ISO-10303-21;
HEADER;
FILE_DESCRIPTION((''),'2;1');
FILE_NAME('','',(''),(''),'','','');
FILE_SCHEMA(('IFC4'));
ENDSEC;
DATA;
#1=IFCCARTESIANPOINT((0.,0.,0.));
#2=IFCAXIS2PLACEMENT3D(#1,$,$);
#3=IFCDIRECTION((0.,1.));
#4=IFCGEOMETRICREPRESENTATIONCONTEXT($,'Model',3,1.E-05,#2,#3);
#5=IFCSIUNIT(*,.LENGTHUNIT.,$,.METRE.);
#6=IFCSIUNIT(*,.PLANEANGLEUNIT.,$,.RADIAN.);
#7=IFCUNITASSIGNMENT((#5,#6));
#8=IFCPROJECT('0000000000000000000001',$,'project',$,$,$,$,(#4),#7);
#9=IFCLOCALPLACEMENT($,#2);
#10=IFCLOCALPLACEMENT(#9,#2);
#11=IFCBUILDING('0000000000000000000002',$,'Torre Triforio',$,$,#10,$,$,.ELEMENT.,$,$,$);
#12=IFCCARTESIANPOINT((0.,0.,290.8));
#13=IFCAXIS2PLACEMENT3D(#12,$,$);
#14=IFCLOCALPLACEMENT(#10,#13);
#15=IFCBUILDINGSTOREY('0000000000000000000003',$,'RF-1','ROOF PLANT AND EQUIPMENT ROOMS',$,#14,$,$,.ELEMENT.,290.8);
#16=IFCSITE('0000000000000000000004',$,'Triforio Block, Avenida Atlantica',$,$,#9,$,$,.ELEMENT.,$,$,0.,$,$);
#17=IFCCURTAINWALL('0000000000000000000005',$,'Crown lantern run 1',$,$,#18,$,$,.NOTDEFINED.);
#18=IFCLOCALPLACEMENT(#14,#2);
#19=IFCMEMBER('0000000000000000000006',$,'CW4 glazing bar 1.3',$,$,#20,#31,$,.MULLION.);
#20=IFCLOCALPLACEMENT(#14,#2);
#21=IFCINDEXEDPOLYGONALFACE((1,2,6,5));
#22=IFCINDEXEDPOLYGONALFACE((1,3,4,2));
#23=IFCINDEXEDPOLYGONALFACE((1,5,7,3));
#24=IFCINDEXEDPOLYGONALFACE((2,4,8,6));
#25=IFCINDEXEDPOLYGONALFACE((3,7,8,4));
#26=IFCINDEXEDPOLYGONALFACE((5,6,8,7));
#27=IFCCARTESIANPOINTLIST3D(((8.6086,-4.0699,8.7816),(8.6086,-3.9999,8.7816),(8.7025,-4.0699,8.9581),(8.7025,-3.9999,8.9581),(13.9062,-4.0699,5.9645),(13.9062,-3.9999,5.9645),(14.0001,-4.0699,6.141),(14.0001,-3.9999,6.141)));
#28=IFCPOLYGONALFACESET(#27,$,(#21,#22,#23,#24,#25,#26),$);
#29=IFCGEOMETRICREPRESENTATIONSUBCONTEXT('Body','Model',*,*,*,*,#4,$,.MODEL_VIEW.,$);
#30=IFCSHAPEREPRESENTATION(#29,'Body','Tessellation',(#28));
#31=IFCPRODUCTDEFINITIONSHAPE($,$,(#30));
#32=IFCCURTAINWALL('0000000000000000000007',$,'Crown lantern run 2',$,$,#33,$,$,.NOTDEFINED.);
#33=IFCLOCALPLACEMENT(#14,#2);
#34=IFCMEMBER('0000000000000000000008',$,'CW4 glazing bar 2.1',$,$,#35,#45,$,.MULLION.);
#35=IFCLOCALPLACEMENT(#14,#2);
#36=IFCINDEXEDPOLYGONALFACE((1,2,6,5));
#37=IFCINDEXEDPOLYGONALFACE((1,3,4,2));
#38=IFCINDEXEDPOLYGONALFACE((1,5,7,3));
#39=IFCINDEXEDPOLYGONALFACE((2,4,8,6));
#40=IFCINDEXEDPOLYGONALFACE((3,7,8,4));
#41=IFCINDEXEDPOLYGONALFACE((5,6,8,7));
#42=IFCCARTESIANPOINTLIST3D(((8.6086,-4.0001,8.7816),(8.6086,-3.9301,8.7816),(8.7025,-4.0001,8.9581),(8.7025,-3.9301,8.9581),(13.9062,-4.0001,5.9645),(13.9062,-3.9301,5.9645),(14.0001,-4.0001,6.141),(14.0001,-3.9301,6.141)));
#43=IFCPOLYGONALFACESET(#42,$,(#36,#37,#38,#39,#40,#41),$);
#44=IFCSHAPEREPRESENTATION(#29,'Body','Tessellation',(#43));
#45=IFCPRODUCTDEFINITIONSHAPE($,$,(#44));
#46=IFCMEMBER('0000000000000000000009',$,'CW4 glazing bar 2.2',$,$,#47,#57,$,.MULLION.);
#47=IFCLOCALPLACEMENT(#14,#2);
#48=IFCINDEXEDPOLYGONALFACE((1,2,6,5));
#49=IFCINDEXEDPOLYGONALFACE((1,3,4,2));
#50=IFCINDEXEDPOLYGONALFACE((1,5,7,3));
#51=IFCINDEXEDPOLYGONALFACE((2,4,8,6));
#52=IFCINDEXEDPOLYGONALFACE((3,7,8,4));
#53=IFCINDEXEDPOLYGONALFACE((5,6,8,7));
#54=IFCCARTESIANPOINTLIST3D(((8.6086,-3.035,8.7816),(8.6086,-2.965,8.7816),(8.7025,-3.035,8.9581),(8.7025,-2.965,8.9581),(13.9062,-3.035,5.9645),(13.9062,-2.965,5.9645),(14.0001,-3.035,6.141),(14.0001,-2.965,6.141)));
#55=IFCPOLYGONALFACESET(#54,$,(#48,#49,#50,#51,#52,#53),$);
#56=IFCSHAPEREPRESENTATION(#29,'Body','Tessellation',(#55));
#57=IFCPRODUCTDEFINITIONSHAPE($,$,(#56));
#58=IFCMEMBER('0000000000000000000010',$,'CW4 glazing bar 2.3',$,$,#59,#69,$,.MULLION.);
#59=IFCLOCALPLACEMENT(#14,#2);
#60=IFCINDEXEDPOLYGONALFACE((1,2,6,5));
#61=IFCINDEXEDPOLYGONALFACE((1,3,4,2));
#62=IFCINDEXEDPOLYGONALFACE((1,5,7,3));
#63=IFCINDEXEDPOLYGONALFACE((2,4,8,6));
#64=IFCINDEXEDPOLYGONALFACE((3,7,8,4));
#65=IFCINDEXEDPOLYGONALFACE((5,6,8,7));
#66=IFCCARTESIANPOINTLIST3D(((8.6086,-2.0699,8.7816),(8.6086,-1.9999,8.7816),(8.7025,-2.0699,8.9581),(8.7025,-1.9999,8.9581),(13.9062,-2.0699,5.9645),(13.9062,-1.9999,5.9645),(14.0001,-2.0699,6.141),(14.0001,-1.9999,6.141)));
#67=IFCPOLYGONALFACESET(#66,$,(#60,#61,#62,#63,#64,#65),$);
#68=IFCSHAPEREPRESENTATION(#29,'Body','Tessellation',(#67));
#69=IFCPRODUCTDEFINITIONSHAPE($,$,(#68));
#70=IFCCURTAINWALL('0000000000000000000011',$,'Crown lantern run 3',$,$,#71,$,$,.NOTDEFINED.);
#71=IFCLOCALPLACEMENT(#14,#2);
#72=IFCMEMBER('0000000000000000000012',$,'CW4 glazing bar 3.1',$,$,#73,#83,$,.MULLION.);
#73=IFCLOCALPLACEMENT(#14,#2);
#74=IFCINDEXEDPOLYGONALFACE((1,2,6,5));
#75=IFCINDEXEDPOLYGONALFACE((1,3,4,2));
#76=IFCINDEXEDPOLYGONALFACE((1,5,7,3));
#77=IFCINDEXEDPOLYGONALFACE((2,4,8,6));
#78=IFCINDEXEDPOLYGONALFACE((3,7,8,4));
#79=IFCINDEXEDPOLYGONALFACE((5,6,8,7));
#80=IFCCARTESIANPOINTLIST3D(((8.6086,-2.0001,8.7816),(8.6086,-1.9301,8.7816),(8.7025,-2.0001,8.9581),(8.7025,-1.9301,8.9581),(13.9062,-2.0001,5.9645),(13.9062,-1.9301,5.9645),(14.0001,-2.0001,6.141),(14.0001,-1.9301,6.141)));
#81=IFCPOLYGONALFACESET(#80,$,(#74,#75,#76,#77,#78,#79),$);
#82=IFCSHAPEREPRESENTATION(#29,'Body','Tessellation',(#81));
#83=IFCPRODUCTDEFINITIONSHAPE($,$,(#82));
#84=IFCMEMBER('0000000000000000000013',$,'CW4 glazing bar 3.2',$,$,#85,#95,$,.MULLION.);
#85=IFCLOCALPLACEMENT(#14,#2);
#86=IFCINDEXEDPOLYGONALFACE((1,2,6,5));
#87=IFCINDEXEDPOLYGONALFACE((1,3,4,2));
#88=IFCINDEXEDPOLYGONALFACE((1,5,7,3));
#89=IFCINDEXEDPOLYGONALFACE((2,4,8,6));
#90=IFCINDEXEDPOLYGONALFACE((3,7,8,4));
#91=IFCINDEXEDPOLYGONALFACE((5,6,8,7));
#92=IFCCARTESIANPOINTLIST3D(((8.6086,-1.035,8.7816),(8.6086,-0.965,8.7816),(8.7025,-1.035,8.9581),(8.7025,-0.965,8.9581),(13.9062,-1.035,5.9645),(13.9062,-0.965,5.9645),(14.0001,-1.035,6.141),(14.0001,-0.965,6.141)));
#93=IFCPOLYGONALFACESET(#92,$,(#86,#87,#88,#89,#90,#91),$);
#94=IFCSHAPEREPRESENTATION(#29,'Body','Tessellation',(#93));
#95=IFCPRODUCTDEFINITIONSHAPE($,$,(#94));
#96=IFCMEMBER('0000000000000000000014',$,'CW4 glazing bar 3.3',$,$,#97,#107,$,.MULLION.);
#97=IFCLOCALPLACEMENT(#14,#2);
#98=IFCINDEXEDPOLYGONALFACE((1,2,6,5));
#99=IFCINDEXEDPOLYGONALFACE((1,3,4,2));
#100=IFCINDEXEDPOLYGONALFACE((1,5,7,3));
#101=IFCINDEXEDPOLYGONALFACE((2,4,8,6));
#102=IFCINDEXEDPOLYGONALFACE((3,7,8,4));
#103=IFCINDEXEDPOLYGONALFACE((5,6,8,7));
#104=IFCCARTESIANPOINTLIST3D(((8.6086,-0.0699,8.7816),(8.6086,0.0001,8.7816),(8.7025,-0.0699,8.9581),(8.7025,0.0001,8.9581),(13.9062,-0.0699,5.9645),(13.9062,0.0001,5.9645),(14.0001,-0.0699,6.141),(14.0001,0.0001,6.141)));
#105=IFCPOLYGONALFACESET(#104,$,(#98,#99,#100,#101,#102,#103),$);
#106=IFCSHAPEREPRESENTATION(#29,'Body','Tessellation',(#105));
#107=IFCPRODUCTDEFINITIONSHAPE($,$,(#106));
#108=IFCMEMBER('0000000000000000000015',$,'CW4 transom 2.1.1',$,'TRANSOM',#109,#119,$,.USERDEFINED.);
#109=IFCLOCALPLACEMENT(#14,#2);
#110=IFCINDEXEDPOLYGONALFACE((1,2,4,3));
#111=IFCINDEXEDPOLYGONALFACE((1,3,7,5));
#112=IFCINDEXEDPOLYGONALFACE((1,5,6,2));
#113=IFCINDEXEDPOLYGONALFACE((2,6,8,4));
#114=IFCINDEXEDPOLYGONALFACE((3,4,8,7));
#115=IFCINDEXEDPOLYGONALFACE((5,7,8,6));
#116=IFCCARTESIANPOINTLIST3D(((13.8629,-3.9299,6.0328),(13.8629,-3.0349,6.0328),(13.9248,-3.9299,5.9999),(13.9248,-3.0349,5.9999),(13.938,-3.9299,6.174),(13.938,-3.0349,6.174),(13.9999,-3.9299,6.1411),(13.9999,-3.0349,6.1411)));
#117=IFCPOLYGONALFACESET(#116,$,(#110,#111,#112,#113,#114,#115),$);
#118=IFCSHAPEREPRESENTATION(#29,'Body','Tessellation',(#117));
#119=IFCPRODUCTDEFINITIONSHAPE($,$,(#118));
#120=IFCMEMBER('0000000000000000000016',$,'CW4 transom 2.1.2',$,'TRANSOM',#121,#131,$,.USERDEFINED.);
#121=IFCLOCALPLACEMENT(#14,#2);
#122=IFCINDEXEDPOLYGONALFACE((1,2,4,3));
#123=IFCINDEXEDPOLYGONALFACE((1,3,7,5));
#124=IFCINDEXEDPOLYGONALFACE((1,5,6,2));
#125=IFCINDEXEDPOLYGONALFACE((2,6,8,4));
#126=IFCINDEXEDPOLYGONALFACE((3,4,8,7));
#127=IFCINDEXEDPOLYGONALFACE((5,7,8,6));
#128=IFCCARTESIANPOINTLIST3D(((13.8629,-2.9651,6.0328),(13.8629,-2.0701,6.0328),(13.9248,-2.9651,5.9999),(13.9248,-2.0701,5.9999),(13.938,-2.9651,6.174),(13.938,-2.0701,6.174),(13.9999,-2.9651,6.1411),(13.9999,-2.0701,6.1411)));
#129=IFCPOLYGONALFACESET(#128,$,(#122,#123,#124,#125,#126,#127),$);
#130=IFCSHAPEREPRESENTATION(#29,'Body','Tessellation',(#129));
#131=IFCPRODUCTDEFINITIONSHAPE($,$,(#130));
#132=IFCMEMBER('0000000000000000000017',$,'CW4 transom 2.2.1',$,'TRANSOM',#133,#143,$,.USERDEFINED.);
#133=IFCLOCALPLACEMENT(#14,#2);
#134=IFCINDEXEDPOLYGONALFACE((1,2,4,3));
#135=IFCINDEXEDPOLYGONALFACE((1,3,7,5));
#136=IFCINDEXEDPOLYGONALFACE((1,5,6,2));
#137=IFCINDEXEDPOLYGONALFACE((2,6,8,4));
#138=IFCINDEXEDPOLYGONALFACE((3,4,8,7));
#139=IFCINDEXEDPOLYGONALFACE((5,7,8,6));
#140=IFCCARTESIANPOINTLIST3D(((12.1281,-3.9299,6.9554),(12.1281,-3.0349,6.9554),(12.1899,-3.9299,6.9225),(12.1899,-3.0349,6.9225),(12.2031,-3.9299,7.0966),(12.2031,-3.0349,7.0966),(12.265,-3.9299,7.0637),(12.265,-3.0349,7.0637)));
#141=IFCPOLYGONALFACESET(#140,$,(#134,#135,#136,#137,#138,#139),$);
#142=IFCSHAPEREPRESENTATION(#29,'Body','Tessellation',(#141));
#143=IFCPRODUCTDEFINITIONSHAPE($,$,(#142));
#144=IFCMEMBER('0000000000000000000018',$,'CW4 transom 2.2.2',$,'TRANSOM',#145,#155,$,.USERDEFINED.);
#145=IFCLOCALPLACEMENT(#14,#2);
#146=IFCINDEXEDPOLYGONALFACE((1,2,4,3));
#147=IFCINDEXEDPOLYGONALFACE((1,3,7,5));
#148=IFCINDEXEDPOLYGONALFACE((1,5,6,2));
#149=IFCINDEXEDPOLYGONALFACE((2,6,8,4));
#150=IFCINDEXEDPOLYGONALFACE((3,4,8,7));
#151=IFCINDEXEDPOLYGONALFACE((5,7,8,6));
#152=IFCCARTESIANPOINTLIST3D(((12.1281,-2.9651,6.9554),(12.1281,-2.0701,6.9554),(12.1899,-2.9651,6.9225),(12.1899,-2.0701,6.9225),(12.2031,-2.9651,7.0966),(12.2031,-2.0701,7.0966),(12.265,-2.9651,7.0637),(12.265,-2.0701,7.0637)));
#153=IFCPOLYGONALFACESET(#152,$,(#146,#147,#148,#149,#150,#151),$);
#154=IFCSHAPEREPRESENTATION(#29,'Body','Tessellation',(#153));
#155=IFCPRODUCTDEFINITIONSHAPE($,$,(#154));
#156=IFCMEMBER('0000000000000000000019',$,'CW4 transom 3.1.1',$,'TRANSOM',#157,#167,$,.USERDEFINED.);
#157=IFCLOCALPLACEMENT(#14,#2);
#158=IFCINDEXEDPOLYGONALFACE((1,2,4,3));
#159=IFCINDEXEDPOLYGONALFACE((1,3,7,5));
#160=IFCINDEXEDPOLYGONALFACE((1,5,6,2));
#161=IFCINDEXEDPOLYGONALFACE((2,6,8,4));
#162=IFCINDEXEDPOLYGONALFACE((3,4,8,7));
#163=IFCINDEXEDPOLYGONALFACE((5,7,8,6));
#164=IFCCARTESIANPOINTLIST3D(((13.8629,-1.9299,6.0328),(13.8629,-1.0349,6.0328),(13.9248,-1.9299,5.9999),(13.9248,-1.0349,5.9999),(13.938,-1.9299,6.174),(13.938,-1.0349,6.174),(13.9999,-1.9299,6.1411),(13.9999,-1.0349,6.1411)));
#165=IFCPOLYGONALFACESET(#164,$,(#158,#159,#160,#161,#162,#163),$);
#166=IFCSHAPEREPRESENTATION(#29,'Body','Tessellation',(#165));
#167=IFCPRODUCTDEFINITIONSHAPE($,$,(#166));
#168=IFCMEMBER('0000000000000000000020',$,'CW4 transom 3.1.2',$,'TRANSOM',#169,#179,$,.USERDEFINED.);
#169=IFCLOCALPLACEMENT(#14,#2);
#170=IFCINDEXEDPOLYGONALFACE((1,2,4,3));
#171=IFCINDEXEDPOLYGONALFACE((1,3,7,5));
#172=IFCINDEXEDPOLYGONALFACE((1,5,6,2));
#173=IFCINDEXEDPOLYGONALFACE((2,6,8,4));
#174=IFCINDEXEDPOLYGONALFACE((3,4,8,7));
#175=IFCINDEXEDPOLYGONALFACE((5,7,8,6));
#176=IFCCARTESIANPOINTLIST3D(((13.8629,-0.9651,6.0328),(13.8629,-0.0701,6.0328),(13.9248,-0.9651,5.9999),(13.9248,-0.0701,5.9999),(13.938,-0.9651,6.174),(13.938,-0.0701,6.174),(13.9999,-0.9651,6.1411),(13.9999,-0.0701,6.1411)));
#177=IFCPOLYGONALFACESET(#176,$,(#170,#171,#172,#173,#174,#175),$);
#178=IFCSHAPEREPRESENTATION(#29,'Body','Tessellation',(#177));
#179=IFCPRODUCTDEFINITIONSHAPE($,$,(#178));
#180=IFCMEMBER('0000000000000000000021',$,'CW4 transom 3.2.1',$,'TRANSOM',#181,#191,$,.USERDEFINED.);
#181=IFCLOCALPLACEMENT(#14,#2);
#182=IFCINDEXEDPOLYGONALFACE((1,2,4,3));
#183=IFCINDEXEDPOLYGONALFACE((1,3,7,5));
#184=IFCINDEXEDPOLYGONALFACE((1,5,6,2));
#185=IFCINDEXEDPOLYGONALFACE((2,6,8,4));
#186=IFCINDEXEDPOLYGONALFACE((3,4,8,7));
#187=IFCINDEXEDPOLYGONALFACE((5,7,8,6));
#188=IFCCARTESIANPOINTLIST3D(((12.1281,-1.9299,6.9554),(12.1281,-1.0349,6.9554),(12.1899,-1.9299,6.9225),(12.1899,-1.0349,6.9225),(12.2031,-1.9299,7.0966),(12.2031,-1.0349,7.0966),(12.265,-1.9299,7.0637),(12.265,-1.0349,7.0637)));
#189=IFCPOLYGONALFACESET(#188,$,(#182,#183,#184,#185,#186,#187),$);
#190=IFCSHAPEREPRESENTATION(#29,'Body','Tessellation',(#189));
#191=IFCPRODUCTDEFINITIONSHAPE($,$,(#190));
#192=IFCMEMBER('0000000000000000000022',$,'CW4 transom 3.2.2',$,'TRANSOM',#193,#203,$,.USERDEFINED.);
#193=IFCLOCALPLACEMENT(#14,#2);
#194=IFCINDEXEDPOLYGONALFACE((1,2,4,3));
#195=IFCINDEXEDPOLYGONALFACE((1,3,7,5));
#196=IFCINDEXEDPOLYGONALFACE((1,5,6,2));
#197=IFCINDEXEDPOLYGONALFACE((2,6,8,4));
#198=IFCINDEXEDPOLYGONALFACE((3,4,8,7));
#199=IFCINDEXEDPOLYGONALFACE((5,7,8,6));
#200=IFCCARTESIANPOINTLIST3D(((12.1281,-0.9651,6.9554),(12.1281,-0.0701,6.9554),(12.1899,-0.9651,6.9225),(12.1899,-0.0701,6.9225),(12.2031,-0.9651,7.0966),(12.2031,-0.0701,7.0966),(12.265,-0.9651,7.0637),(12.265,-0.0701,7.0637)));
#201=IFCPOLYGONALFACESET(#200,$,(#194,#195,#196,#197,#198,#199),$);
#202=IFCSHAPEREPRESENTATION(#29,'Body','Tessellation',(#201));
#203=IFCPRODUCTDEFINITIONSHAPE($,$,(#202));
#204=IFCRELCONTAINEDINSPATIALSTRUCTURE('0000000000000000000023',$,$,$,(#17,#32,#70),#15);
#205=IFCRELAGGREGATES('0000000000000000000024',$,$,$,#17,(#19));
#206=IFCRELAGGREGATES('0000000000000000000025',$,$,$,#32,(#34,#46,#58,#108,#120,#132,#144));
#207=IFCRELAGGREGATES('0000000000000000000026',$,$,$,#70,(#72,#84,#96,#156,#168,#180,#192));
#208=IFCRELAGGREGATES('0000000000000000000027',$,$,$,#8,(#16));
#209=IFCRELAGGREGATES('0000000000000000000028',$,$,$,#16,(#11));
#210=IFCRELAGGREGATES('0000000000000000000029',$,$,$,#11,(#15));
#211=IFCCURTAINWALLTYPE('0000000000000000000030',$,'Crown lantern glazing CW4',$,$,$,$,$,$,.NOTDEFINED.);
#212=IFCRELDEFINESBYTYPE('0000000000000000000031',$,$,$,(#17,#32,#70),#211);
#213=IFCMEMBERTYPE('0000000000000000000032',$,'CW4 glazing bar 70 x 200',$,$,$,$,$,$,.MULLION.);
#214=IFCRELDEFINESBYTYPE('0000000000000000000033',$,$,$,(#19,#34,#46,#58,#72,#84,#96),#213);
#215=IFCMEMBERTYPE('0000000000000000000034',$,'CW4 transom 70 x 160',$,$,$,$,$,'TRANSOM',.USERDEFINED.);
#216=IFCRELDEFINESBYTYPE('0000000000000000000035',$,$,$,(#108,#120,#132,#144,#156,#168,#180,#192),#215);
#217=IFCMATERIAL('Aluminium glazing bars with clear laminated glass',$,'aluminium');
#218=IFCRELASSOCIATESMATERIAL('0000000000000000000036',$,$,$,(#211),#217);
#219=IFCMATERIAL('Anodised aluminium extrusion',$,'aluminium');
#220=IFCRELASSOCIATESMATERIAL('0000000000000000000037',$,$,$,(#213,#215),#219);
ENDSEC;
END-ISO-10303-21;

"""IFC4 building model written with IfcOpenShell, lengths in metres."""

from ifc_helpers import new_model, si_unit, direction, frame, origin, origin_2d, place, context, subcontext, project, spatial, rectangle, extrude, material, material_profile, profile_set, type_object, element, aggregate, save


model = new_model("IFC4")

# Units and contexts
model_context = context("Model", 3, precision=1e-05, world=origin(), true_north=direction((0.0, 1.0)))
body_context = subcontext(model_context, "Body", "Model", "MODEL_VIEW")
ifc_project = project(units=[si_unit("LENGTHUNIT", "METRE"), si_unit("PLANEANGLEUNIT", "RADIAN")], contexts=[model_context])

# Site, building, storey
site_placement = place(None, origin())
site = spatial("IfcSite", under=ifc_project, at=site_placement, Name="Triforio Block, Avenida Atlantica", CompositionType="ELEMENT", RefElevation=0.0)
building_placement = place(site_placement, origin())
building = spatial("IfcBuilding", under=site, at=building_placement, Name="Torre Triforio", CompositionType="ELEMENT")
storey_placement = place(building_placement, frame((0.0, 0.0, 290.8)))
storey = spatial("IfcBuildingStorey", under=building, at=storey_placement, Name="RF-1", Description="ROOF PLANT AND EQUIPMENT ROOMS", CompositionType="ELEMENT", Elevation=290.8)

# Curtain wall, member
ifc_material_1 = material(Name="Aluminium glazing bars with clear laminated glass", Category="aluminium")
curtain_wall_type = type_object("IfcCurtainWallType", Name="Crown lantern glazing CW4", PredefinedType="NOTDEFINED", material=ifc_material_1)
curtain_wall_1_placement = place(storey_placement, origin())
curtain_wall_1 = element("IfcCurtainWall", 1, at=curtain_wall_1_placement, inside=storey, type_object=curtain_wall_type, Name="Crown lantern run 1", PredefinedType="NOTDEFINED")
ifc_material_2 = material(Name="Anodised aluminium extrusion", Category="aluminium")
ifc_material_profile_1 = material_profile(ifc_material_2, rectangle(XDim=0.0701, YDim=0.2, at=origin_2d()), Name="CW4 MULLION 70x200")
ifc_profile_set_1 = profile_set([ifc_material_profile_1], Name="Anodised aluminium extrusion")
member_type_1 = type_object("IfcMemberType", Name="CW4 glazing bar 70 x 200", PredefinedType="MULLION", material=ifc_profile_set_1)
member_1_placement = place(storey_placement, frame((13.9531, -4.0349, 6.0527), z_axis=(-0.882923, 0.0, 0.469517), x_axis=(0.0, -1.0, 0.0)))
member_1 = element("IfcMember", 2, at=member_1_placement, type_object=member_type_1, Name="CW4 glazing bar 1.3", PredefinedType="MULLION", context=body_context, shape_type="SweptSolid", body=[
    extrude(rectangle(XDim=0.0701, YDim=0.2, at=origin_2d()), origin(), (0.0, 0.0, 1.0), 6.0),
])
aggregate(curtain_wall_1, [member_1])

# Curtain walls, members
curtain_wall_2_placement = place(storey_placement, origin())
curtain_wall_2 = element("IfcCurtainWall", 3, at=curtain_wall_2_placement, inside=storey, type_object=curtain_wall_type, Name="Crown lantern run 2", PredefinedType="NOTDEFINED")
member_2_placement = place(storey_placement, frame((13.9531, -3.9651, 6.0527), z_axis=(-0.882923, 0.0, 0.469517), x_axis=(0.0, -1.0, 0.0)))
member_2 = element("IfcMember", 4, at=member_2_placement, type_object=member_type_1, Name="CW4 glazing bar 2.1", PredefinedType="MULLION", context=body_context, shape_type="SweptSolid", body=[
    extrude(rectangle(XDim=0.0701, YDim=0.2, at=origin_2d()), origin(), (0.0, 0.0, 1.0), 6.0),
])
member_3_placement = place(storey_placement, frame((13.9531, -3.0, 6.0527), z_axis=(-0.882923, 0.0, 0.469517), x_axis=(0.0, -1.0, 0.0)))
member_3 = element("IfcMember", 5, at=member_3_placement, type_object=member_type_1, Name="CW4 glazing bar 2.2", PredefinedType="MULLION", context=body_context, shape_type="SweptSolid", body=[
    extrude(rectangle(XDim=0.0701, YDim=0.2, at=origin_2d()), origin(), (0.0, 0.0, 1.0), 6.0),
])
member_4_placement = place(storey_placement, frame((13.9531, -2.0349, 6.0527), z_axis=(-0.882923, 0.0, 0.469517), x_axis=(0.0, -1.0, 0.0)))
member_4 = element("IfcMember", 6, at=member_4_placement, type_object=member_type_1, Name="CW4 glazing bar 2.3", PredefinedType="MULLION", context=body_context, shape_type="SweptSolid", body=[
    extrude(rectangle(XDim=0.0701, YDim=0.2, at=origin_2d()), origin(), (0.0, 0.0, 1.0), 6.0),
])
curtain_wall_3_placement = place(storey_placement, origin())
curtain_wall_3 = element("IfcCurtainWall", 7, at=curtain_wall_3_placement, inside=storey, type_object=curtain_wall_type, Name="Crown lantern run 3", PredefinedType="NOTDEFINED")
member_5_placement = place(storey_placement, frame((13.9531, -1.9651, 6.0527), z_axis=(-0.882923, 0.0, 0.469517), x_axis=(0.0, -1.0, 0.0)))
member_5 = element("IfcMember", 8, at=member_5_placement, type_object=member_type_1, Name="CW4 glazing bar 3.1", PredefinedType="MULLION", context=body_context, shape_type="SweptSolid", body=[
    extrude(rectangle(XDim=0.0701, YDim=0.2, at=origin_2d()), origin(), (0.0, 0.0, 1.0), 6.0),
])
member_6_placement = place(storey_placement, frame((13.9531, -1.0, 6.0527), z_axis=(-0.882923, 0.0, 0.469517), x_axis=(0.0, -1.0, 0.0)))
member_6 = element("IfcMember", 9, at=member_6_placement, type_object=member_type_1, Name="CW4 glazing bar 3.2", PredefinedType="MULLION", context=body_context, shape_type="SweptSolid", body=[
    extrude(rectangle(XDim=0.0701, YDim=0.2, at=origin_2d()), origin(), (0.0, 0.0, 1.0), 6.0),
])
member_7_placement = place(storey_placement, frame((13.9531, -0.0349, 6.0527), z_axis=(-0.882923, 0.0, 0.469517), x_axis=(0.0, -1.0, 0.0)))
member_7 = element("IfcMember", 10, at=member_7_placement, type_object=member_type_1, Name="CW4 glazing bar 3.3", PredefinedType="MULLION", context=body_context, shape_type="SweptSolid", body=[
    extrude(rectangle(XDim=0.0701, YDim=0.2, at=origin_2d()), origin(), (0.0, 0.0, 1.0), 6.0),
])

# Members
ifc_material_profile_2 = material_profile(ifc_material_2, rectangle(XDim=0.0701, YDim=0.1599, at=origin_2d()), Name="CW4 TRANSOM 70x160")
ifc_profile_set_2 = profile_set([ifc_material_profile_2], Name="Anodised aluminium extrusion")
member_type_2 = type_object("IfcMemberType", Name="CW4 transom 70 x 160", ElementType="TRANSOM", PredefinedType="USERDEFINED", material=ifc_profile_set_2)
member_8_placement = place(storey_placement, frame((13.9314, -3.9299, 6.0869), z_axis=(0.0, 1.0, 0.0), x_axis=(-0.882948, 0.0, 0.469472)))
member_8 = element("IfcMember", 11, at=member_8_placement, type_object=member_type_2, Name="CW4 transom 2.1.1", ObjectType="TRANSOM", PredefinedType="USERDEFINED", context=body_context, shape_type="SweptSolid", body=[
    extrude(rectangle(XDim=0.0701, YDim=0.1599, at=origin_2d()), origin(), (0.0, 0.0, 1.0), 0.895),
])
member_9_placement = place(storey_placement, frame((13.9314, -2.9651, 6.0869), z_axis=(0.0, 1.0, 0.0), x_axis=(-0.882948, 0.0, 0.469472)))
member_9 = element("IfcMember", 12, at=member_9_placement, type_object=member_type_2, Name="CW4 transom 2.1.2", ObjectType="TRANSOM", PredefinedType="USERDEFINED", context=body_context, shape_type="SweptSolid", body=[
    extrude(rectangle(XDim=0.0701, YDim=0.1599, at=origin_2d()), origin(), (0.0, 0.0, 1.0), 0.895),
])
member_10_placement = place(storey_placement, frame((12.1965, -3.9299, 7.0095), z_axis=(0.0, 1.0, 0.0), x_axis=(-0.882948, 0.0, 0.469472)))
member_10 = element("IfcMember", 13, at=member_10_placement, type_object=member_type_2, Name="CW4 transom 2.2.1", ObjectType="TRANSOM", PredefinedType="USERDEFINED", context=body_context, shape_type="SweptSolid", body=[
    extrude(rectangle(XDim=0.0701, YDim=0.1599, at=origin_2d()), origin(), (0.0, 0.0, 1.0), 0.895),
])
member_11_placement = place(storey_placement, frame((12.1965, -2.9651, 7.0095), z_axis=(0.0, 1.0, 0.0), x_axis=(-0.882948, 0.0, 0.469472)))
member_11 = element("IfcMember", 14, at=member_11_placement, type_object=member_type_2, Name="CW4 transom 2.2.2", ObjectType="TRANSOM", PredefinedType="USERDEFINED", context=body_context, shape_type="SweptSolid", body=[
    extrude(rectangle(XDim=0.0701, YDim=0.1599, at=origin_2d()), origin(), (0.0, 0.0, 1.0), 0.895),
])
member_12_placement = place(storey_placement, frame((13.9314, -1.9299, 6.0869), z_axis=(0.0, 1.0, 0.0), x_axis=(-0.882948, 0.0, 0.469472)))
member_12 = element("IfcMember", 15, at=member_12_placement, type_object=member_type_2, Name="CW4 transom 3.1.1", ObjectType="TRANSOM", PredefinedType="USERDEFINED", context=body_context, shape_type="SweptSolid", body=[
    extrude(rectangle(XDim=0.0701, YDim=0.1599, at=origin_2d()), origin(), (0.0, 0.0, 1.0), 0.895),
])
member_13_placement = place(storey_placement, frame((13.9314, -0.9651, 6.0869), z_axis=(0.0, 1.0, 0.0), x_axis=(-0.882948, 0.0, 0.469472)))
member_13 = element("IfcMember", 16, at=member_13_placement, type_object=member_type_2, Name="CW4 transom 3.1.2", ObjectType="TRANSOM", PredefinedType="USERDEFINED", context=body_context, shape_type="SweptSolid", body=[
    extrude(rectangle(XDim=0.0701, YDim=0.1599, at=origin_2d()), origin(), (0.0, 0.0, 1.0), 0.895),
])
member_14_placement = place(storey_placement, frame((12.1965, -1.9299, 7.0095), z_axis=(0.0, 1.0, 0.0), x_axis=(-0.882948, 0.0, 0.469472)))
member_14 = element("IfcMember", 17, at=member_14_placement, type_object=member_type_2, Name="CW4 transom 3.2.1", ObjectType="TRANSOM", PredefinedType="USERDEFINED", context=body_context, shape_type="SweptSolid", body=[
    extrude(rectangle(XDim=0.0701, YDim=0.1599, at=origin_2d()), origin(), (0.0, 0.0, 1.0), 0.895),
])
member_15_placement = place(storey_placement, frame((12.1965, -0.9651, 7.0095), z_axis=(0.0, 1.0, 0.0), x_axis=(-0.882948, 0.0, 0.469472)))
member_15 = element("IfcMember", 18, at=member_15_placement, type_object=member_type_2, Name="CW4 transom 3.2.2", ObjectType="TRANSOM", PredefinedType="USERDEFINED", context=body_context, shape_type="SweptSolid", body=[
    extrude(rectangle(XDim=0.0701, YDim=0.1599, at=origin_2d()), origin(), (0.0, 0.0, 1.0), 0.895),
])

aggregate(curtain_wall_2, [member_2, member_3, member_4, member_8, member_9, member_10, member_11])
aggregate(curtain_wall_3, [member_5, member_6, member_7, member_12, member_13, member_14, member_15])

save(model, "model.ifc")
